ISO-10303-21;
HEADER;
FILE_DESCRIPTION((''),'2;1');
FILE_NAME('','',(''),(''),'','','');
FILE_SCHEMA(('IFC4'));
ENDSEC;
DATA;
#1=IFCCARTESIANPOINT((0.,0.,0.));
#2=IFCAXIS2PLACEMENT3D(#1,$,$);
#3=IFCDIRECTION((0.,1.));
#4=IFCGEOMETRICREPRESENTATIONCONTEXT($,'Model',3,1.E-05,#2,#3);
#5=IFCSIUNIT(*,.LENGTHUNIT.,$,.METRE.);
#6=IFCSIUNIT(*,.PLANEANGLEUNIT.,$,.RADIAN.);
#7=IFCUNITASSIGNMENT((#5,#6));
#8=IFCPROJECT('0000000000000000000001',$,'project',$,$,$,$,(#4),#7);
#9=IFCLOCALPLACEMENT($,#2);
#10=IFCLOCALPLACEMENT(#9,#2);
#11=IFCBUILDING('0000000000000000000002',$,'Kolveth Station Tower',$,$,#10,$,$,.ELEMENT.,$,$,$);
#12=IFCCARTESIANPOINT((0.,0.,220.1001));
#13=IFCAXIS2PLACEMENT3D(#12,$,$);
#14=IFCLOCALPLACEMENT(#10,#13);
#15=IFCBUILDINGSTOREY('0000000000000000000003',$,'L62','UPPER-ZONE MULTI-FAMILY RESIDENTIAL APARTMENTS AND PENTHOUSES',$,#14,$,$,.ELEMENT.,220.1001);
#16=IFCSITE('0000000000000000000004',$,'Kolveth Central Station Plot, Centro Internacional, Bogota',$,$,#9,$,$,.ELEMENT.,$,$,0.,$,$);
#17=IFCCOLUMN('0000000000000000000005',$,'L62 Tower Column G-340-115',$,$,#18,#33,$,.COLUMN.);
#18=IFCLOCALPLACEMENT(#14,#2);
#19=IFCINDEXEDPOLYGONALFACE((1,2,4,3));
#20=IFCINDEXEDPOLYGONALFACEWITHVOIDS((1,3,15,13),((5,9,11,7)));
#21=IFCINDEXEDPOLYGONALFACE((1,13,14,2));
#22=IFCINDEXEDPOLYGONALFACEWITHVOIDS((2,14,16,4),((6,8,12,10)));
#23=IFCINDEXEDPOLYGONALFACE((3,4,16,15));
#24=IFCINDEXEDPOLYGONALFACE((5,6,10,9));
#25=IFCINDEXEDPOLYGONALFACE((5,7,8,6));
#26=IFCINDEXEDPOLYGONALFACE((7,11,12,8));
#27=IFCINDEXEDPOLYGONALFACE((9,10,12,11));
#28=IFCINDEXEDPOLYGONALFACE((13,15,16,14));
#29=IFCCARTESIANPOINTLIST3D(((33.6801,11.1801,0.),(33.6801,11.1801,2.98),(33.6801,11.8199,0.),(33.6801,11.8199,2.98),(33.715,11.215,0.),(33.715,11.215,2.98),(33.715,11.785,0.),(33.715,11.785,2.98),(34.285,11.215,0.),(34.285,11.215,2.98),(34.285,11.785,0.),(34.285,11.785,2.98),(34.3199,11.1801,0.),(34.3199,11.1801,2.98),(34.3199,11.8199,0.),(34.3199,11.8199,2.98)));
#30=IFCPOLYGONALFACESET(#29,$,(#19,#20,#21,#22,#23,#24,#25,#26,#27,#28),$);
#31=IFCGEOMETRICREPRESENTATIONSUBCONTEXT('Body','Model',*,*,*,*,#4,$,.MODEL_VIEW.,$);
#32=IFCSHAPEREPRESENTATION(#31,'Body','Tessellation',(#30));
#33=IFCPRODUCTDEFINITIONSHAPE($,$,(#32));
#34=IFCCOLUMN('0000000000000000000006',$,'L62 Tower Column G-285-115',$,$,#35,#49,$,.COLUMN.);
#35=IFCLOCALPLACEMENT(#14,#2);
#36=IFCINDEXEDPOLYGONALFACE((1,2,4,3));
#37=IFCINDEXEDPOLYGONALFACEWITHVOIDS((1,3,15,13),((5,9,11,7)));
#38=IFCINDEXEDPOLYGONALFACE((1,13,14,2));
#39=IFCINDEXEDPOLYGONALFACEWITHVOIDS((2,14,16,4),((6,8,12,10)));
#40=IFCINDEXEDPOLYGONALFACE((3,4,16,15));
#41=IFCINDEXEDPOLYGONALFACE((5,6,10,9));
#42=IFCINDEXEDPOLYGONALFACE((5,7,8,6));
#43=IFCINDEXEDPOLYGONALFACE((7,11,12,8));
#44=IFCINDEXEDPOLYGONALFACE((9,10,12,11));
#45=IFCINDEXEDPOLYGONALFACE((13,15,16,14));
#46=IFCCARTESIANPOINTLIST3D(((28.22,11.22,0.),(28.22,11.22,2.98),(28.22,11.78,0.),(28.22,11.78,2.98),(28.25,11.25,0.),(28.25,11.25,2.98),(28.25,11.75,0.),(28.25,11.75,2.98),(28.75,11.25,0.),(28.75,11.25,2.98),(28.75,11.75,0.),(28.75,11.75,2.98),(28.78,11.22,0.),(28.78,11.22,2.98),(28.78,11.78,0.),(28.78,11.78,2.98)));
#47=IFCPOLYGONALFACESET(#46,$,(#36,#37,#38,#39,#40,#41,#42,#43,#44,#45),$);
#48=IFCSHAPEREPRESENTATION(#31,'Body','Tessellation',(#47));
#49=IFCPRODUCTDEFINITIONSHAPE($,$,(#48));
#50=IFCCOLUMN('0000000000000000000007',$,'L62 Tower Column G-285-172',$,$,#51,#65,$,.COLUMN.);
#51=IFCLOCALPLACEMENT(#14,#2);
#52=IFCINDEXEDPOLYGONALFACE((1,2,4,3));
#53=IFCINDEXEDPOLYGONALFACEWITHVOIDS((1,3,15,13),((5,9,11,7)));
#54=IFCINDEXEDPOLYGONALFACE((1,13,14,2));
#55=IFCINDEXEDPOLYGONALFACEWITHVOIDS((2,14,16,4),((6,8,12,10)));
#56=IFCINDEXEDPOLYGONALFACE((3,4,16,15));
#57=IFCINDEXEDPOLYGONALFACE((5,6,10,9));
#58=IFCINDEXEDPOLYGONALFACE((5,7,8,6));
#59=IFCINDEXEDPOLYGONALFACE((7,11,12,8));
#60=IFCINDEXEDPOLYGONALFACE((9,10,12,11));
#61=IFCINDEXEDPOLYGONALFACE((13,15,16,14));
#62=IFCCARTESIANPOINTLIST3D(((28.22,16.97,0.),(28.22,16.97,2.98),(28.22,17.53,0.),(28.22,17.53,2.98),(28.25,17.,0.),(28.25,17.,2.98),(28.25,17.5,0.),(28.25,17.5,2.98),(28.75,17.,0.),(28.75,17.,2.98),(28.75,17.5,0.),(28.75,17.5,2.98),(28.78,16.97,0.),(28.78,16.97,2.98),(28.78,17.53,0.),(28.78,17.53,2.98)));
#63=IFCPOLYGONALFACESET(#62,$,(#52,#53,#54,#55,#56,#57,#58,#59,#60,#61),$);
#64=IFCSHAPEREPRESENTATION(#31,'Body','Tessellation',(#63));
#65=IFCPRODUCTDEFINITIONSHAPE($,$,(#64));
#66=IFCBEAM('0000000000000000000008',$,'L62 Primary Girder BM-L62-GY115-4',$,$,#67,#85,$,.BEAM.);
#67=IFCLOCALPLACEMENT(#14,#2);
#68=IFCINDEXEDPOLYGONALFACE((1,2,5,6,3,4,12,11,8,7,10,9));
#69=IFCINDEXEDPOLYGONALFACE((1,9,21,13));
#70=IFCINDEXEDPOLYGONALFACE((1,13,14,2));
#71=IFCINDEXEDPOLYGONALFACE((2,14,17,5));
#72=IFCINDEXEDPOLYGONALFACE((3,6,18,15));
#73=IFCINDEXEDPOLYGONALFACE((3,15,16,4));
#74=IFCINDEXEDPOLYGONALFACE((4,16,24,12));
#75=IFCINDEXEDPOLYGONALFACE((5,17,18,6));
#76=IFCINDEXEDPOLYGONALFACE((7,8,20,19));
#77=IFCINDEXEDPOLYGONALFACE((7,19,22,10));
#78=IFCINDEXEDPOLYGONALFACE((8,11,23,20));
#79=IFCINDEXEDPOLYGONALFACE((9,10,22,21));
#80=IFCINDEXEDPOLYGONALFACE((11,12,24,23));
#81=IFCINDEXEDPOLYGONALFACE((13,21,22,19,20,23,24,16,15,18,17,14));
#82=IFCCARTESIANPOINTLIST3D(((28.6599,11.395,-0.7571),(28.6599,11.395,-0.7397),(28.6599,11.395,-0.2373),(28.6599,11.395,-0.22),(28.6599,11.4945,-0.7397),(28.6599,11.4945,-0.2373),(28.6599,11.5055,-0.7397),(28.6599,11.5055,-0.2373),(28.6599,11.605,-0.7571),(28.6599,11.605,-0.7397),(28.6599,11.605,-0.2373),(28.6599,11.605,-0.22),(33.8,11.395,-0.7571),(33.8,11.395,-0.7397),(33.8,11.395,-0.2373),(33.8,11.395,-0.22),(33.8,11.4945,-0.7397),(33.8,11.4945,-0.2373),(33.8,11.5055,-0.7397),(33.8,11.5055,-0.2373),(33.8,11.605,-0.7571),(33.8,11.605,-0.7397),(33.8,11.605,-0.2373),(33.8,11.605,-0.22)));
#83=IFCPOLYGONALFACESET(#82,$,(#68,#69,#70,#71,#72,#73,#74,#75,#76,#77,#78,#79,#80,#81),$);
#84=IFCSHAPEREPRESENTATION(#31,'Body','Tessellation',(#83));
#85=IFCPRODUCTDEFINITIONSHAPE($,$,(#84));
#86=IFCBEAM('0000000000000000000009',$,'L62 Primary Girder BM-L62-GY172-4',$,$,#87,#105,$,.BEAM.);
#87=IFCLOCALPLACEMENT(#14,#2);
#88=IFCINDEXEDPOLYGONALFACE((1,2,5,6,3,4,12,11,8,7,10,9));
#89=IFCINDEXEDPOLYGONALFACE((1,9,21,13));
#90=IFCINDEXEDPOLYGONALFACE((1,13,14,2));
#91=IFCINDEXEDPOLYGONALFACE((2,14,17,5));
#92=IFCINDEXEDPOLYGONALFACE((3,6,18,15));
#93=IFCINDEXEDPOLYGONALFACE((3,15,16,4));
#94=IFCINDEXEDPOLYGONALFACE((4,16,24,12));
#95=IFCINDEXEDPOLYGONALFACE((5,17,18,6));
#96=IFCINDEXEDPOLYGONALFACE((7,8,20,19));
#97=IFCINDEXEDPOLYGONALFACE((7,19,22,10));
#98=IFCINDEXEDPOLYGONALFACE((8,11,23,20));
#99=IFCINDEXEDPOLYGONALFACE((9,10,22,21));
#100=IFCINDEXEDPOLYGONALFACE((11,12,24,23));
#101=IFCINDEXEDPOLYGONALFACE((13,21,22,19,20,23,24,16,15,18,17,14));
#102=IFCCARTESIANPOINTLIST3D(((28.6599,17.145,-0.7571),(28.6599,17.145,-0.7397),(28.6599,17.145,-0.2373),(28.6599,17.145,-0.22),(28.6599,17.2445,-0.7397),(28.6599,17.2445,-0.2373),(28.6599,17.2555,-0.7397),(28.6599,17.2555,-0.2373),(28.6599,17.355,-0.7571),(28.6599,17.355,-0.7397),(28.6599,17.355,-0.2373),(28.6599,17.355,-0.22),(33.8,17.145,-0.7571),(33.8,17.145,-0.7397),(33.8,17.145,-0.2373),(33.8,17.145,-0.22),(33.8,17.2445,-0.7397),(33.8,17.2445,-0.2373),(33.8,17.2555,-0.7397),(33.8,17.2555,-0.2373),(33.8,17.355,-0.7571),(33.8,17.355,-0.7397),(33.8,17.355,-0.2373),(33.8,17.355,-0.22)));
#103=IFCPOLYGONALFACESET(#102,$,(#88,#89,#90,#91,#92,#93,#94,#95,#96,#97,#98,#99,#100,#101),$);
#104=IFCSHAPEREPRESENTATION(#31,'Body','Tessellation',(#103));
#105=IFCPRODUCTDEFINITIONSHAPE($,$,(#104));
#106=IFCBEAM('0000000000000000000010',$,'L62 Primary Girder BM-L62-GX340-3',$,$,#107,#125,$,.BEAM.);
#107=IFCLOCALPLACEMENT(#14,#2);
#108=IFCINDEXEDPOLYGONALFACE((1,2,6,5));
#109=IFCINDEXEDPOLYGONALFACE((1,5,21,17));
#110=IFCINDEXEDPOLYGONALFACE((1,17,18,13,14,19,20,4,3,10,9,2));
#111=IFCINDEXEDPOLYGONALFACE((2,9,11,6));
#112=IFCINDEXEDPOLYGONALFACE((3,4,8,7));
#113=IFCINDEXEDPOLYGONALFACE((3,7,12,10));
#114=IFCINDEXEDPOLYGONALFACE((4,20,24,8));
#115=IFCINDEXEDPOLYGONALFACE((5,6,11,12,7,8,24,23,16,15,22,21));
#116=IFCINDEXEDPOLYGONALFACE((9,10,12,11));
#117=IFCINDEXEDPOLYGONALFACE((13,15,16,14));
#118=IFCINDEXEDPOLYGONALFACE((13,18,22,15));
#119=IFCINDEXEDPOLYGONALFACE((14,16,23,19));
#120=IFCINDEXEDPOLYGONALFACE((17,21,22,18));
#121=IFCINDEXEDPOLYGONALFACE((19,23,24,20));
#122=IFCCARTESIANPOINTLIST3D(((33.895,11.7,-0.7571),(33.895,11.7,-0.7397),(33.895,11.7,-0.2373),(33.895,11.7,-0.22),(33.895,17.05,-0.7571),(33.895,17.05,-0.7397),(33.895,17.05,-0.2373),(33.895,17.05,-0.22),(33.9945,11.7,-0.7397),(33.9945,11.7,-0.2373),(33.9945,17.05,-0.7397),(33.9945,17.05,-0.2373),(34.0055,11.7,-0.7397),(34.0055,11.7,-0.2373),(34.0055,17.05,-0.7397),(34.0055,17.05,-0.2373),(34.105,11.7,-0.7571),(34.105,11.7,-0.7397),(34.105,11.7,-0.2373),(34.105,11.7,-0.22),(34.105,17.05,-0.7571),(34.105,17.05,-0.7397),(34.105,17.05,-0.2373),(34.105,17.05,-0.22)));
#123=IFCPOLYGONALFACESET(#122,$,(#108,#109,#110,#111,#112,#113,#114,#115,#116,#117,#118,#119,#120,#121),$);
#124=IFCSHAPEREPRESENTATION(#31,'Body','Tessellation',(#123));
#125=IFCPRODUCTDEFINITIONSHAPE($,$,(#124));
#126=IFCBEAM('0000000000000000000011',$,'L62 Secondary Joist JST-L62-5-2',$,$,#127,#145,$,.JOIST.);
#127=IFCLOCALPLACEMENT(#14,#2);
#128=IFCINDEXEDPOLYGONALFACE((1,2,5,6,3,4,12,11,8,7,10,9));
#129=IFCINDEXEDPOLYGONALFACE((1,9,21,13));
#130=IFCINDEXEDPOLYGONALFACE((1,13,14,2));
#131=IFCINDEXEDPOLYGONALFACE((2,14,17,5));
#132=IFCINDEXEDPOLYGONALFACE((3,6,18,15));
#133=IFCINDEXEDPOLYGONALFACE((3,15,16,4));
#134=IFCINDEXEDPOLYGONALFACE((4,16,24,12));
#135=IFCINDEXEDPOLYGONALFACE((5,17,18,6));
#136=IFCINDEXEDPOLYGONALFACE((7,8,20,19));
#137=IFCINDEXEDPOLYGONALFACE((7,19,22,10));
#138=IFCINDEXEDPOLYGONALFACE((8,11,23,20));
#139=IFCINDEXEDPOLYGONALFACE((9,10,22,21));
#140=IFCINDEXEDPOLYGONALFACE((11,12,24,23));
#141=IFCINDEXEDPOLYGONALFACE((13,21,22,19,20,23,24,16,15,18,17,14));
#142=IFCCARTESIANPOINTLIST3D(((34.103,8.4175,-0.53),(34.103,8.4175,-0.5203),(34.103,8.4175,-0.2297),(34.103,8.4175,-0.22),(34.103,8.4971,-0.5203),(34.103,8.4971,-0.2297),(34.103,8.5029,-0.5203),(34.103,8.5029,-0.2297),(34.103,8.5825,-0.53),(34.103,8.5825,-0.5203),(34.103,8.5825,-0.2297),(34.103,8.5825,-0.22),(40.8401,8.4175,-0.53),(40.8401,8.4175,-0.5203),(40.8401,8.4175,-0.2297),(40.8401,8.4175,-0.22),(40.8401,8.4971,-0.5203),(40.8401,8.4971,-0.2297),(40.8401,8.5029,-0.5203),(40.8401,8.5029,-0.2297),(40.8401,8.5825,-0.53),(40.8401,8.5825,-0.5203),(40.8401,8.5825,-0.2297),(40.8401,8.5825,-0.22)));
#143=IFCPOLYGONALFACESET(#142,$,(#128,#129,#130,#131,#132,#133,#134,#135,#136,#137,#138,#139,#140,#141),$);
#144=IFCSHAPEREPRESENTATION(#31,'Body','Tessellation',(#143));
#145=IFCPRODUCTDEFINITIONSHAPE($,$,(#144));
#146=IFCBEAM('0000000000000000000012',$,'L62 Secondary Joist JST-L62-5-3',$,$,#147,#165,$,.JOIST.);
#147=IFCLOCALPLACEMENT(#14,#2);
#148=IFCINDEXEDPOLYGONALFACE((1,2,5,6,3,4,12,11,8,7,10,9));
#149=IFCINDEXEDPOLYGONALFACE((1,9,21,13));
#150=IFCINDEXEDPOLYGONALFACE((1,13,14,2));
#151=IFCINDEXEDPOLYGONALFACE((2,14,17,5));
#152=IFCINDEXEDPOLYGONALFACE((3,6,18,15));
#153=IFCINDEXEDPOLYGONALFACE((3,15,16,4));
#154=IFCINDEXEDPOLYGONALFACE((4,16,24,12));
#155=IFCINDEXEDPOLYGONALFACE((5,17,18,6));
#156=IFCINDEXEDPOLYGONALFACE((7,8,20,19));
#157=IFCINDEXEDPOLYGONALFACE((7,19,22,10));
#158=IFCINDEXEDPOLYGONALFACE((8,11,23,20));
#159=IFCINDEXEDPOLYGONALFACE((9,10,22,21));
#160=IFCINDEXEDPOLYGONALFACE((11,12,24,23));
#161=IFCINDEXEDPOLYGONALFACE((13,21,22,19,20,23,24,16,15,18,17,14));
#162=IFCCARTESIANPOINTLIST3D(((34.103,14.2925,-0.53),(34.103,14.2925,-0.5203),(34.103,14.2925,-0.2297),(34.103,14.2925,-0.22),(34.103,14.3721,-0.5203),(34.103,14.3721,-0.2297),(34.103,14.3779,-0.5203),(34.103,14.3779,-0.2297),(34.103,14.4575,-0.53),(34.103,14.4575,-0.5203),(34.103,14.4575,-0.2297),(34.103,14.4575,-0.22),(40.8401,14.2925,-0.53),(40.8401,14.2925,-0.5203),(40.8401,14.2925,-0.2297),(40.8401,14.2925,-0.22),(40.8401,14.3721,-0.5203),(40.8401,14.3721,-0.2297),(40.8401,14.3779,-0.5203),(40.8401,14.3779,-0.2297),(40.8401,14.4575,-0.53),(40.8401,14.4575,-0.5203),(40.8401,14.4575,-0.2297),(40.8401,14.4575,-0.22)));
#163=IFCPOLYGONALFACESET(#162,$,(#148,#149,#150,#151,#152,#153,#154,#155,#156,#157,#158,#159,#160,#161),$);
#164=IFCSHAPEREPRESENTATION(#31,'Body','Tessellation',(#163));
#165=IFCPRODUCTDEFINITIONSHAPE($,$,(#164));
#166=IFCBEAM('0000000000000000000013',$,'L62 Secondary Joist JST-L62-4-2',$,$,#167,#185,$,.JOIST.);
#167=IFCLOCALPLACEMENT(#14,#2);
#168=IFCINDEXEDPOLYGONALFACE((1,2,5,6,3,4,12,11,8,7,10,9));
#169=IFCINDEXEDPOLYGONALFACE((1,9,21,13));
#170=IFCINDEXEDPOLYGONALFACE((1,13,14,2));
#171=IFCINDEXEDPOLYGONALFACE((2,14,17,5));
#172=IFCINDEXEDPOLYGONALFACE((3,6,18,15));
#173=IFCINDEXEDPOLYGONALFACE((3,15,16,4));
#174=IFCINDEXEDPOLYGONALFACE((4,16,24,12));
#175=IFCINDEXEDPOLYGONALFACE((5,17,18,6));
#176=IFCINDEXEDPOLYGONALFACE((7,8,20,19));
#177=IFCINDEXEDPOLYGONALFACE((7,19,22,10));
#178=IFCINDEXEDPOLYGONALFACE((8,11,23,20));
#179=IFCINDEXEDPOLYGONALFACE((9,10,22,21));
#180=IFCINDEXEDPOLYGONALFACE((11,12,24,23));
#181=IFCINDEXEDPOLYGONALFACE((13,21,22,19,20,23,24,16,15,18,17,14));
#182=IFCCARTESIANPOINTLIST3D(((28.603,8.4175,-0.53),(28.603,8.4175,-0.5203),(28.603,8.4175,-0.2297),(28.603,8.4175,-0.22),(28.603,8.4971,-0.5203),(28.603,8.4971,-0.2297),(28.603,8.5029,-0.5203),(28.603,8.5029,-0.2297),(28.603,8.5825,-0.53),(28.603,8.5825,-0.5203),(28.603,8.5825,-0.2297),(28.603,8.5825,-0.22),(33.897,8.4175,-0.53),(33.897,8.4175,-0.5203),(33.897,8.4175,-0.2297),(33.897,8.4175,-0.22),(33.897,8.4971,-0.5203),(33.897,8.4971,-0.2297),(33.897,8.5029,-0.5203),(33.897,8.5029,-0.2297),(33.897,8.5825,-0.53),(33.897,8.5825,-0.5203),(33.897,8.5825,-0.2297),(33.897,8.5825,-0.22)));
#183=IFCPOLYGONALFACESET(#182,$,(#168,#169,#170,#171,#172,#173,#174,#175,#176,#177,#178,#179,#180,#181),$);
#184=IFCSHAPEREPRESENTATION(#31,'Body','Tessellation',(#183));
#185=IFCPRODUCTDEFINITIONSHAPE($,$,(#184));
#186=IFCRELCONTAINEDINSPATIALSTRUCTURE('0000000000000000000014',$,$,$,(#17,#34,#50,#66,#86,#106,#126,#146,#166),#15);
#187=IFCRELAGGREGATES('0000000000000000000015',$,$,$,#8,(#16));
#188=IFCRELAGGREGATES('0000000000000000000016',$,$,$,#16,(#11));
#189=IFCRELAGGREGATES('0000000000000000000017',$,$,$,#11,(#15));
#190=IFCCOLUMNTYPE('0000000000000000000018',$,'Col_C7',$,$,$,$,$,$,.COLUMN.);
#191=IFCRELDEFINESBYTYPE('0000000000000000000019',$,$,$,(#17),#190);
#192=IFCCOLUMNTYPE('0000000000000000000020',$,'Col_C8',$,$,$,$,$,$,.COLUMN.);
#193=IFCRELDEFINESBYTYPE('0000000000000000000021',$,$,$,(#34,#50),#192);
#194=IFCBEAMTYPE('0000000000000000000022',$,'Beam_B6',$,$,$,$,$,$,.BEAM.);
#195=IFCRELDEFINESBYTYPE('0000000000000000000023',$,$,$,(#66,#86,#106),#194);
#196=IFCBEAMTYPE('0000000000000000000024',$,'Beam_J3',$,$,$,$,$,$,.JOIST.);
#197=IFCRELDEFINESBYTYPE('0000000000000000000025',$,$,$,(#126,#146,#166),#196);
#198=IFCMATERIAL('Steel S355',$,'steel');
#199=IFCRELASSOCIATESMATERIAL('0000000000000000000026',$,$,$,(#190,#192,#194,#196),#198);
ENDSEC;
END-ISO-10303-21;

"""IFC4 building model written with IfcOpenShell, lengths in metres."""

from ifc_helpers import new_model, si_unit, direction, frame, origin, origin_2d, place, context, subcontext, project, spatial, hollow_rectangle, i_section, extrude, source, transform, mapped, material, material_profile, profile_set, type_object, element, save


model = new_model("IFC4")

# Units and contexts
model_context = context("Model", 3, precision=1e-05, world=origin(), true_north=direction((0.0, 1.0)))
body_context = subcontext(model_context, "Body", "Model", "MODEL_VIEW")
ifc_project = project(units=[si_unit("LENGTHUNIT", "METRE"), si_unit("PLANEANGLEUNIT", "RADIAN")], contexts=[model_context])

# Site, building, storey
site_placement = place(None, origin())
site = spatial("IfcSite", under=ifc_project, at=site_placement, Name="Kolveth Central Station Plot, Centro Internacional, Bogota", CompositionType="ELEMENT", RefElevation=0.0)
building_placement = place(site_placement, origin())
building = spatial("IfcBuilding", under=site, at=building_placement, Name="Kolveth Station Tower", CompositionType="ELEMENT")
storey_placement = place(building_placement, frame((0.0, 0.0, 220.1001)))
storey = spatial("IfcBuildingStorey", under=building, at=storey_placement, Name="L62", Description="UPPER-ZONE MULTI-FAMILY RESIDENTIAL APARTMENTS AND PENTHOUSES", CompositionType="ELEMENT", Elevation=220.1001)

# Columns
ifc_material_1 = material(Name="Steel S355", Category="steel")
ifc_material_profile_1 = material_profile(ifc_material_1, hollow_rectangle(XDim=0.6399, YDim=0.6399, WallThickness=0.0349, at=origin_2d()), Name="BOX640x640x35")
ifc_profile_set_1 = profile_set([ifc_material_profile_1], Name="Steel S355")
column_type_1 = type_object("IfcColumnType", Name="Col_C7", PredefinedType="COLUMN", material=ifc_profile_set_1)
shared_shape_1 = source(origin(), body_context, "Body", "SweptSolid", [
    extrude(hollow_rectangle(XDim=0.6399, YDim=0.6399, WallThickness=0.0349, at=origin_2d()), origin(), (0.0, 0.0, 1.0), 2.98),
])
column_placement = place(storey_placement, frame((34.0, 11.5, 0.0), z_axis=(0.0, 0.0, 1.0), x_axis=(1.0, 0.0, 0.0)))
element("IfcColumn", 1, at=column_placement, inside=storey, type_object=column_type_1, Name="L62 Tower Column G-340-115", PredefinedType="COLUMN", context=body_context, shape_type="MappedRepresentation", body=[
    mapped(shared_shape_1, transform((0.0, 0.0, 0.0), x_axis=(1.0, 0.0, 0.0), y_axis=(0.0, 1.0, 0.0), z_axis=(0.0, 0.0, 1.0), scale=1.0)),
])
ifc_material_profile_2 = material_profile(ifc_material_1, hollow_rectangle(XDim=0.5601, YDim=0.5601, WallThickness=0.03, at=origin_2d()), Name="BOX560x560x30")
ifc_profile_set_2 = profile_set([ifc_material_profile_2], Name="Steel S355")
column_type_2 = type_object("IfcColumnType", Name="Col_C8", PredefinedType="COLUMN", material=ifc_profile_set_2)
shared_shape_2 = source(origin(), body_context, "Body", "SweptSolid", [
    extrude(hollow_rectangle(XDim=0.5601, YDim=0.5601, WallThickness=0.03, at=origin_2d()), origin(), (0.0, 0.0, 1.0), 2.98),
])
for number, where, z_axis, x_axis, name in (
    (2, (28.5, 11.5, 0.0), (0.0, 0.0, 1.0), (1.0, 0.0, 0.0), "L62 Tower Column G-285-115"),
    (3, (28.5, 17.25, 0.0), (0.0, 0.0, 1.0), (1.0, 0.0, 0.0), "L62 Tower Column G-285-172"),
):
    element("IfcColumn", number, at=place(storey_placement, frame(where, z_axis=z_axis, x_axis=x_axis)), inside=storey, type_object=column_type_2, Name=name, PredefinedType="COLUMN", context=body_context, shape_type="MappedRepresentation", body=[
        mapped(shared_shape_2, transform((0.0, 0.0, 0.0), x_axis=(1.0, 0.0, 0.0), y_axis=(0.0, 1.0, 0.0), z_axis=(0.0, 0.0, 1.0), scale=1.0)),
    ])

# Beams
ifc_material_profile_3 = material_profile(ifc_material_1, i_section(OverallWidth=0.21, OverallDepth=0.5371, WebThickness=0.011, FlangeThickness=0.0173, at=origin_2d()), Name="W530x101")
ifc_profile_set_3 = profile_set([ifc_material_profile_3], Name="Steel S355")
beam_type_1 = type_object("IfcBeamType", Name="Beam_B6", PredefinedType="BEAM", material=ifc_profile_set_3)
shared_shape_3 = source(origin(), body_context, "Body", "SweptSolid", [
    extrude(i_section(OverallWidth=0.21, OverallDepth=0.5371, WebThickness=0.011, FlangeThickness=0.0173, at=origin_2d()), origin(), (0.0, 0.0, 1.0), 5.1401),
])
for number, where, z_axis, x_axis, name in (
    (4, (28.6599, 11.5, -0.4885), (1.0, 0.0, 0.0), (0.0, 1.0, 0.0), "L62 Primary Girder BM-L62-GY115-4"),
    (5, (28.6599, 17.25, -0.4885), (1.0, 0.0, 0.0), (0.0, 1.0, 0.0), "L62 Primary Girder BM-L62-GY172-4"),
):
    element("IfcBeam", number, at=place(storey_placement, frame(where, z_axis=z_axis, x_axis=x_axis)), inside=storey, type_object=beam_type_1, Name=name, PredefinedType="BEAM", context=body_context, shape_type="MappedRepresentation", body=[
        mapped(shared_shape_3, transform((0.0, 0.0, 0.0), x_axis=(1.0, 0.0, 0.0), y_axis=(0.0, 1.0, 0.0), z_axis=(0.0, 0.0, 1.0), scale=1.0)),
    ])
shared_shape_4 = source(origin(), body_context, "Body", "SweptSolid", [
    extrude(i_section(OverallWidth=0.21, OverallDepth=0.5371, WebThickness=0.011, FlangeThickness=0.0173, at=origin_2d()), origin(), (0.0, 0.0, 1.0), 5.3501),
])
beam_placement = place(storey_placement, frame((34.0, 11.7, -0.4885), z_axis=(0.0, 1.0, 0.0), x_axis=(-1.0, 0.0, 0.0)))
element("IfcBeam", 6, at=beam_placement, inside=storey, type_object=beam_type_1, Name="L62 Primary Girder BM-L62-GX340-3", PredefinedType="BEAM", context=body_context, shape_type="MappedRepresentation", body=[
    mapped(shared_shape_4, transform((0.0, 0.0, 0.0), x_axis=(1.0, 0.0, 0.0), y_axis=(0.0, 1.0, 0.0), z_axis=(0.0, 0.0, 1.0), scale=1.0)),
])
ifc_material_profile_4 = material_profile(ifc_material_1, i_section(OverallWidth=0.165, OverallDepth=0.3101, WebThickness=0.0059, FlangeThickness=0.0098, at=origin_2d()), Name="W310x39")
ifc_profile_set_4 = profile_set([ifc_material_profile_4], Name="Steel S355")
beam_type_2 = type_object("IfcBeamType", Name="Beam_J3", PredefinedType="JOIST", material=ifc_profile_set_4)
shared_shape_5 = source(origin(), body_context, "Body", "SweptSolid", [
    extrude(i_section(OverallWidth=0.165, OverallDepth=0.3101, WebThickness=0.0059, FlangeThickness=0.0098, at=origin_2d()), origin(), (0.0, 0.0, 1.0), 6.7371),
])
for number, where, z_axis, x_axis, name in (
    (7, (34.103, 8.5, -0.375), (1.0, 0.0, 0.0), (0.0, 1.0, 0.0), "L62 Secondary Joist JST-L62-5-2"),
    (8, (34.103, 14.375, -0.375), (1.0, 0.0, 0.0), (0.0, 1.0, 0.0), "L62 Secondary Joist JST-L62-5-3"),
):
    element("IfcBeam", number, at=place(storey_placement, frame(where, z_axis=z_axis, x_axis=x_axis)), inside=storey, type_object=beam_type_2, Name=name, PredefinedType="JOIST", context=body_context, shape_type="MappedRepresentation", body=[
        mapped(shared_shape_5, transform((0.0, 0.0, 0.0), x_axis=(1.0, 0.0, 0.0), y_axis=(0.0, 1.0, 0.0), z_axis=(0.0, 0.0, 1.0), scale=1.0)),
    ])
shared_shape_6 = source(origin(), body_context, "Body", "SweptSolid", [
    extrude(i_section(OverallWidth=0.165, OverallDepth=0.3101, WebThickness=0.0059, FlangeThickness=0.0098, at=origin_2d()), origin(), (0.0, 0.0, 1.0), 5.2939),
])
for number, where, z_axis, x_axis, name in (
    (9, (28.603, 8.5, -0.375), (1.0, 0.0, 0.0), (0.0, 1.0, 0.0), "L62 Secondary Joist JST-L62-4-2"),
):
    element("IfcBeam", number, at=place(storey_placement, frame(where, z_axis=z_axis, x_axis=x_axis)), inside=storey, type_object=beam_type_2, Name=name, PredefinedType="JOIST", context=body_context, shape_type="MappedRepresentation", body=[
        mapped(shared_shape_6, transform((0.0, 0.0, 0.0), x_axis=(1.0, 0.0, 0.0), y_axis=(0.0, 1.0, 0.0), z_axis=(0.0, 0.0, 1.0), scale=1.0)),
    ])

save(model, "model.ifc")
